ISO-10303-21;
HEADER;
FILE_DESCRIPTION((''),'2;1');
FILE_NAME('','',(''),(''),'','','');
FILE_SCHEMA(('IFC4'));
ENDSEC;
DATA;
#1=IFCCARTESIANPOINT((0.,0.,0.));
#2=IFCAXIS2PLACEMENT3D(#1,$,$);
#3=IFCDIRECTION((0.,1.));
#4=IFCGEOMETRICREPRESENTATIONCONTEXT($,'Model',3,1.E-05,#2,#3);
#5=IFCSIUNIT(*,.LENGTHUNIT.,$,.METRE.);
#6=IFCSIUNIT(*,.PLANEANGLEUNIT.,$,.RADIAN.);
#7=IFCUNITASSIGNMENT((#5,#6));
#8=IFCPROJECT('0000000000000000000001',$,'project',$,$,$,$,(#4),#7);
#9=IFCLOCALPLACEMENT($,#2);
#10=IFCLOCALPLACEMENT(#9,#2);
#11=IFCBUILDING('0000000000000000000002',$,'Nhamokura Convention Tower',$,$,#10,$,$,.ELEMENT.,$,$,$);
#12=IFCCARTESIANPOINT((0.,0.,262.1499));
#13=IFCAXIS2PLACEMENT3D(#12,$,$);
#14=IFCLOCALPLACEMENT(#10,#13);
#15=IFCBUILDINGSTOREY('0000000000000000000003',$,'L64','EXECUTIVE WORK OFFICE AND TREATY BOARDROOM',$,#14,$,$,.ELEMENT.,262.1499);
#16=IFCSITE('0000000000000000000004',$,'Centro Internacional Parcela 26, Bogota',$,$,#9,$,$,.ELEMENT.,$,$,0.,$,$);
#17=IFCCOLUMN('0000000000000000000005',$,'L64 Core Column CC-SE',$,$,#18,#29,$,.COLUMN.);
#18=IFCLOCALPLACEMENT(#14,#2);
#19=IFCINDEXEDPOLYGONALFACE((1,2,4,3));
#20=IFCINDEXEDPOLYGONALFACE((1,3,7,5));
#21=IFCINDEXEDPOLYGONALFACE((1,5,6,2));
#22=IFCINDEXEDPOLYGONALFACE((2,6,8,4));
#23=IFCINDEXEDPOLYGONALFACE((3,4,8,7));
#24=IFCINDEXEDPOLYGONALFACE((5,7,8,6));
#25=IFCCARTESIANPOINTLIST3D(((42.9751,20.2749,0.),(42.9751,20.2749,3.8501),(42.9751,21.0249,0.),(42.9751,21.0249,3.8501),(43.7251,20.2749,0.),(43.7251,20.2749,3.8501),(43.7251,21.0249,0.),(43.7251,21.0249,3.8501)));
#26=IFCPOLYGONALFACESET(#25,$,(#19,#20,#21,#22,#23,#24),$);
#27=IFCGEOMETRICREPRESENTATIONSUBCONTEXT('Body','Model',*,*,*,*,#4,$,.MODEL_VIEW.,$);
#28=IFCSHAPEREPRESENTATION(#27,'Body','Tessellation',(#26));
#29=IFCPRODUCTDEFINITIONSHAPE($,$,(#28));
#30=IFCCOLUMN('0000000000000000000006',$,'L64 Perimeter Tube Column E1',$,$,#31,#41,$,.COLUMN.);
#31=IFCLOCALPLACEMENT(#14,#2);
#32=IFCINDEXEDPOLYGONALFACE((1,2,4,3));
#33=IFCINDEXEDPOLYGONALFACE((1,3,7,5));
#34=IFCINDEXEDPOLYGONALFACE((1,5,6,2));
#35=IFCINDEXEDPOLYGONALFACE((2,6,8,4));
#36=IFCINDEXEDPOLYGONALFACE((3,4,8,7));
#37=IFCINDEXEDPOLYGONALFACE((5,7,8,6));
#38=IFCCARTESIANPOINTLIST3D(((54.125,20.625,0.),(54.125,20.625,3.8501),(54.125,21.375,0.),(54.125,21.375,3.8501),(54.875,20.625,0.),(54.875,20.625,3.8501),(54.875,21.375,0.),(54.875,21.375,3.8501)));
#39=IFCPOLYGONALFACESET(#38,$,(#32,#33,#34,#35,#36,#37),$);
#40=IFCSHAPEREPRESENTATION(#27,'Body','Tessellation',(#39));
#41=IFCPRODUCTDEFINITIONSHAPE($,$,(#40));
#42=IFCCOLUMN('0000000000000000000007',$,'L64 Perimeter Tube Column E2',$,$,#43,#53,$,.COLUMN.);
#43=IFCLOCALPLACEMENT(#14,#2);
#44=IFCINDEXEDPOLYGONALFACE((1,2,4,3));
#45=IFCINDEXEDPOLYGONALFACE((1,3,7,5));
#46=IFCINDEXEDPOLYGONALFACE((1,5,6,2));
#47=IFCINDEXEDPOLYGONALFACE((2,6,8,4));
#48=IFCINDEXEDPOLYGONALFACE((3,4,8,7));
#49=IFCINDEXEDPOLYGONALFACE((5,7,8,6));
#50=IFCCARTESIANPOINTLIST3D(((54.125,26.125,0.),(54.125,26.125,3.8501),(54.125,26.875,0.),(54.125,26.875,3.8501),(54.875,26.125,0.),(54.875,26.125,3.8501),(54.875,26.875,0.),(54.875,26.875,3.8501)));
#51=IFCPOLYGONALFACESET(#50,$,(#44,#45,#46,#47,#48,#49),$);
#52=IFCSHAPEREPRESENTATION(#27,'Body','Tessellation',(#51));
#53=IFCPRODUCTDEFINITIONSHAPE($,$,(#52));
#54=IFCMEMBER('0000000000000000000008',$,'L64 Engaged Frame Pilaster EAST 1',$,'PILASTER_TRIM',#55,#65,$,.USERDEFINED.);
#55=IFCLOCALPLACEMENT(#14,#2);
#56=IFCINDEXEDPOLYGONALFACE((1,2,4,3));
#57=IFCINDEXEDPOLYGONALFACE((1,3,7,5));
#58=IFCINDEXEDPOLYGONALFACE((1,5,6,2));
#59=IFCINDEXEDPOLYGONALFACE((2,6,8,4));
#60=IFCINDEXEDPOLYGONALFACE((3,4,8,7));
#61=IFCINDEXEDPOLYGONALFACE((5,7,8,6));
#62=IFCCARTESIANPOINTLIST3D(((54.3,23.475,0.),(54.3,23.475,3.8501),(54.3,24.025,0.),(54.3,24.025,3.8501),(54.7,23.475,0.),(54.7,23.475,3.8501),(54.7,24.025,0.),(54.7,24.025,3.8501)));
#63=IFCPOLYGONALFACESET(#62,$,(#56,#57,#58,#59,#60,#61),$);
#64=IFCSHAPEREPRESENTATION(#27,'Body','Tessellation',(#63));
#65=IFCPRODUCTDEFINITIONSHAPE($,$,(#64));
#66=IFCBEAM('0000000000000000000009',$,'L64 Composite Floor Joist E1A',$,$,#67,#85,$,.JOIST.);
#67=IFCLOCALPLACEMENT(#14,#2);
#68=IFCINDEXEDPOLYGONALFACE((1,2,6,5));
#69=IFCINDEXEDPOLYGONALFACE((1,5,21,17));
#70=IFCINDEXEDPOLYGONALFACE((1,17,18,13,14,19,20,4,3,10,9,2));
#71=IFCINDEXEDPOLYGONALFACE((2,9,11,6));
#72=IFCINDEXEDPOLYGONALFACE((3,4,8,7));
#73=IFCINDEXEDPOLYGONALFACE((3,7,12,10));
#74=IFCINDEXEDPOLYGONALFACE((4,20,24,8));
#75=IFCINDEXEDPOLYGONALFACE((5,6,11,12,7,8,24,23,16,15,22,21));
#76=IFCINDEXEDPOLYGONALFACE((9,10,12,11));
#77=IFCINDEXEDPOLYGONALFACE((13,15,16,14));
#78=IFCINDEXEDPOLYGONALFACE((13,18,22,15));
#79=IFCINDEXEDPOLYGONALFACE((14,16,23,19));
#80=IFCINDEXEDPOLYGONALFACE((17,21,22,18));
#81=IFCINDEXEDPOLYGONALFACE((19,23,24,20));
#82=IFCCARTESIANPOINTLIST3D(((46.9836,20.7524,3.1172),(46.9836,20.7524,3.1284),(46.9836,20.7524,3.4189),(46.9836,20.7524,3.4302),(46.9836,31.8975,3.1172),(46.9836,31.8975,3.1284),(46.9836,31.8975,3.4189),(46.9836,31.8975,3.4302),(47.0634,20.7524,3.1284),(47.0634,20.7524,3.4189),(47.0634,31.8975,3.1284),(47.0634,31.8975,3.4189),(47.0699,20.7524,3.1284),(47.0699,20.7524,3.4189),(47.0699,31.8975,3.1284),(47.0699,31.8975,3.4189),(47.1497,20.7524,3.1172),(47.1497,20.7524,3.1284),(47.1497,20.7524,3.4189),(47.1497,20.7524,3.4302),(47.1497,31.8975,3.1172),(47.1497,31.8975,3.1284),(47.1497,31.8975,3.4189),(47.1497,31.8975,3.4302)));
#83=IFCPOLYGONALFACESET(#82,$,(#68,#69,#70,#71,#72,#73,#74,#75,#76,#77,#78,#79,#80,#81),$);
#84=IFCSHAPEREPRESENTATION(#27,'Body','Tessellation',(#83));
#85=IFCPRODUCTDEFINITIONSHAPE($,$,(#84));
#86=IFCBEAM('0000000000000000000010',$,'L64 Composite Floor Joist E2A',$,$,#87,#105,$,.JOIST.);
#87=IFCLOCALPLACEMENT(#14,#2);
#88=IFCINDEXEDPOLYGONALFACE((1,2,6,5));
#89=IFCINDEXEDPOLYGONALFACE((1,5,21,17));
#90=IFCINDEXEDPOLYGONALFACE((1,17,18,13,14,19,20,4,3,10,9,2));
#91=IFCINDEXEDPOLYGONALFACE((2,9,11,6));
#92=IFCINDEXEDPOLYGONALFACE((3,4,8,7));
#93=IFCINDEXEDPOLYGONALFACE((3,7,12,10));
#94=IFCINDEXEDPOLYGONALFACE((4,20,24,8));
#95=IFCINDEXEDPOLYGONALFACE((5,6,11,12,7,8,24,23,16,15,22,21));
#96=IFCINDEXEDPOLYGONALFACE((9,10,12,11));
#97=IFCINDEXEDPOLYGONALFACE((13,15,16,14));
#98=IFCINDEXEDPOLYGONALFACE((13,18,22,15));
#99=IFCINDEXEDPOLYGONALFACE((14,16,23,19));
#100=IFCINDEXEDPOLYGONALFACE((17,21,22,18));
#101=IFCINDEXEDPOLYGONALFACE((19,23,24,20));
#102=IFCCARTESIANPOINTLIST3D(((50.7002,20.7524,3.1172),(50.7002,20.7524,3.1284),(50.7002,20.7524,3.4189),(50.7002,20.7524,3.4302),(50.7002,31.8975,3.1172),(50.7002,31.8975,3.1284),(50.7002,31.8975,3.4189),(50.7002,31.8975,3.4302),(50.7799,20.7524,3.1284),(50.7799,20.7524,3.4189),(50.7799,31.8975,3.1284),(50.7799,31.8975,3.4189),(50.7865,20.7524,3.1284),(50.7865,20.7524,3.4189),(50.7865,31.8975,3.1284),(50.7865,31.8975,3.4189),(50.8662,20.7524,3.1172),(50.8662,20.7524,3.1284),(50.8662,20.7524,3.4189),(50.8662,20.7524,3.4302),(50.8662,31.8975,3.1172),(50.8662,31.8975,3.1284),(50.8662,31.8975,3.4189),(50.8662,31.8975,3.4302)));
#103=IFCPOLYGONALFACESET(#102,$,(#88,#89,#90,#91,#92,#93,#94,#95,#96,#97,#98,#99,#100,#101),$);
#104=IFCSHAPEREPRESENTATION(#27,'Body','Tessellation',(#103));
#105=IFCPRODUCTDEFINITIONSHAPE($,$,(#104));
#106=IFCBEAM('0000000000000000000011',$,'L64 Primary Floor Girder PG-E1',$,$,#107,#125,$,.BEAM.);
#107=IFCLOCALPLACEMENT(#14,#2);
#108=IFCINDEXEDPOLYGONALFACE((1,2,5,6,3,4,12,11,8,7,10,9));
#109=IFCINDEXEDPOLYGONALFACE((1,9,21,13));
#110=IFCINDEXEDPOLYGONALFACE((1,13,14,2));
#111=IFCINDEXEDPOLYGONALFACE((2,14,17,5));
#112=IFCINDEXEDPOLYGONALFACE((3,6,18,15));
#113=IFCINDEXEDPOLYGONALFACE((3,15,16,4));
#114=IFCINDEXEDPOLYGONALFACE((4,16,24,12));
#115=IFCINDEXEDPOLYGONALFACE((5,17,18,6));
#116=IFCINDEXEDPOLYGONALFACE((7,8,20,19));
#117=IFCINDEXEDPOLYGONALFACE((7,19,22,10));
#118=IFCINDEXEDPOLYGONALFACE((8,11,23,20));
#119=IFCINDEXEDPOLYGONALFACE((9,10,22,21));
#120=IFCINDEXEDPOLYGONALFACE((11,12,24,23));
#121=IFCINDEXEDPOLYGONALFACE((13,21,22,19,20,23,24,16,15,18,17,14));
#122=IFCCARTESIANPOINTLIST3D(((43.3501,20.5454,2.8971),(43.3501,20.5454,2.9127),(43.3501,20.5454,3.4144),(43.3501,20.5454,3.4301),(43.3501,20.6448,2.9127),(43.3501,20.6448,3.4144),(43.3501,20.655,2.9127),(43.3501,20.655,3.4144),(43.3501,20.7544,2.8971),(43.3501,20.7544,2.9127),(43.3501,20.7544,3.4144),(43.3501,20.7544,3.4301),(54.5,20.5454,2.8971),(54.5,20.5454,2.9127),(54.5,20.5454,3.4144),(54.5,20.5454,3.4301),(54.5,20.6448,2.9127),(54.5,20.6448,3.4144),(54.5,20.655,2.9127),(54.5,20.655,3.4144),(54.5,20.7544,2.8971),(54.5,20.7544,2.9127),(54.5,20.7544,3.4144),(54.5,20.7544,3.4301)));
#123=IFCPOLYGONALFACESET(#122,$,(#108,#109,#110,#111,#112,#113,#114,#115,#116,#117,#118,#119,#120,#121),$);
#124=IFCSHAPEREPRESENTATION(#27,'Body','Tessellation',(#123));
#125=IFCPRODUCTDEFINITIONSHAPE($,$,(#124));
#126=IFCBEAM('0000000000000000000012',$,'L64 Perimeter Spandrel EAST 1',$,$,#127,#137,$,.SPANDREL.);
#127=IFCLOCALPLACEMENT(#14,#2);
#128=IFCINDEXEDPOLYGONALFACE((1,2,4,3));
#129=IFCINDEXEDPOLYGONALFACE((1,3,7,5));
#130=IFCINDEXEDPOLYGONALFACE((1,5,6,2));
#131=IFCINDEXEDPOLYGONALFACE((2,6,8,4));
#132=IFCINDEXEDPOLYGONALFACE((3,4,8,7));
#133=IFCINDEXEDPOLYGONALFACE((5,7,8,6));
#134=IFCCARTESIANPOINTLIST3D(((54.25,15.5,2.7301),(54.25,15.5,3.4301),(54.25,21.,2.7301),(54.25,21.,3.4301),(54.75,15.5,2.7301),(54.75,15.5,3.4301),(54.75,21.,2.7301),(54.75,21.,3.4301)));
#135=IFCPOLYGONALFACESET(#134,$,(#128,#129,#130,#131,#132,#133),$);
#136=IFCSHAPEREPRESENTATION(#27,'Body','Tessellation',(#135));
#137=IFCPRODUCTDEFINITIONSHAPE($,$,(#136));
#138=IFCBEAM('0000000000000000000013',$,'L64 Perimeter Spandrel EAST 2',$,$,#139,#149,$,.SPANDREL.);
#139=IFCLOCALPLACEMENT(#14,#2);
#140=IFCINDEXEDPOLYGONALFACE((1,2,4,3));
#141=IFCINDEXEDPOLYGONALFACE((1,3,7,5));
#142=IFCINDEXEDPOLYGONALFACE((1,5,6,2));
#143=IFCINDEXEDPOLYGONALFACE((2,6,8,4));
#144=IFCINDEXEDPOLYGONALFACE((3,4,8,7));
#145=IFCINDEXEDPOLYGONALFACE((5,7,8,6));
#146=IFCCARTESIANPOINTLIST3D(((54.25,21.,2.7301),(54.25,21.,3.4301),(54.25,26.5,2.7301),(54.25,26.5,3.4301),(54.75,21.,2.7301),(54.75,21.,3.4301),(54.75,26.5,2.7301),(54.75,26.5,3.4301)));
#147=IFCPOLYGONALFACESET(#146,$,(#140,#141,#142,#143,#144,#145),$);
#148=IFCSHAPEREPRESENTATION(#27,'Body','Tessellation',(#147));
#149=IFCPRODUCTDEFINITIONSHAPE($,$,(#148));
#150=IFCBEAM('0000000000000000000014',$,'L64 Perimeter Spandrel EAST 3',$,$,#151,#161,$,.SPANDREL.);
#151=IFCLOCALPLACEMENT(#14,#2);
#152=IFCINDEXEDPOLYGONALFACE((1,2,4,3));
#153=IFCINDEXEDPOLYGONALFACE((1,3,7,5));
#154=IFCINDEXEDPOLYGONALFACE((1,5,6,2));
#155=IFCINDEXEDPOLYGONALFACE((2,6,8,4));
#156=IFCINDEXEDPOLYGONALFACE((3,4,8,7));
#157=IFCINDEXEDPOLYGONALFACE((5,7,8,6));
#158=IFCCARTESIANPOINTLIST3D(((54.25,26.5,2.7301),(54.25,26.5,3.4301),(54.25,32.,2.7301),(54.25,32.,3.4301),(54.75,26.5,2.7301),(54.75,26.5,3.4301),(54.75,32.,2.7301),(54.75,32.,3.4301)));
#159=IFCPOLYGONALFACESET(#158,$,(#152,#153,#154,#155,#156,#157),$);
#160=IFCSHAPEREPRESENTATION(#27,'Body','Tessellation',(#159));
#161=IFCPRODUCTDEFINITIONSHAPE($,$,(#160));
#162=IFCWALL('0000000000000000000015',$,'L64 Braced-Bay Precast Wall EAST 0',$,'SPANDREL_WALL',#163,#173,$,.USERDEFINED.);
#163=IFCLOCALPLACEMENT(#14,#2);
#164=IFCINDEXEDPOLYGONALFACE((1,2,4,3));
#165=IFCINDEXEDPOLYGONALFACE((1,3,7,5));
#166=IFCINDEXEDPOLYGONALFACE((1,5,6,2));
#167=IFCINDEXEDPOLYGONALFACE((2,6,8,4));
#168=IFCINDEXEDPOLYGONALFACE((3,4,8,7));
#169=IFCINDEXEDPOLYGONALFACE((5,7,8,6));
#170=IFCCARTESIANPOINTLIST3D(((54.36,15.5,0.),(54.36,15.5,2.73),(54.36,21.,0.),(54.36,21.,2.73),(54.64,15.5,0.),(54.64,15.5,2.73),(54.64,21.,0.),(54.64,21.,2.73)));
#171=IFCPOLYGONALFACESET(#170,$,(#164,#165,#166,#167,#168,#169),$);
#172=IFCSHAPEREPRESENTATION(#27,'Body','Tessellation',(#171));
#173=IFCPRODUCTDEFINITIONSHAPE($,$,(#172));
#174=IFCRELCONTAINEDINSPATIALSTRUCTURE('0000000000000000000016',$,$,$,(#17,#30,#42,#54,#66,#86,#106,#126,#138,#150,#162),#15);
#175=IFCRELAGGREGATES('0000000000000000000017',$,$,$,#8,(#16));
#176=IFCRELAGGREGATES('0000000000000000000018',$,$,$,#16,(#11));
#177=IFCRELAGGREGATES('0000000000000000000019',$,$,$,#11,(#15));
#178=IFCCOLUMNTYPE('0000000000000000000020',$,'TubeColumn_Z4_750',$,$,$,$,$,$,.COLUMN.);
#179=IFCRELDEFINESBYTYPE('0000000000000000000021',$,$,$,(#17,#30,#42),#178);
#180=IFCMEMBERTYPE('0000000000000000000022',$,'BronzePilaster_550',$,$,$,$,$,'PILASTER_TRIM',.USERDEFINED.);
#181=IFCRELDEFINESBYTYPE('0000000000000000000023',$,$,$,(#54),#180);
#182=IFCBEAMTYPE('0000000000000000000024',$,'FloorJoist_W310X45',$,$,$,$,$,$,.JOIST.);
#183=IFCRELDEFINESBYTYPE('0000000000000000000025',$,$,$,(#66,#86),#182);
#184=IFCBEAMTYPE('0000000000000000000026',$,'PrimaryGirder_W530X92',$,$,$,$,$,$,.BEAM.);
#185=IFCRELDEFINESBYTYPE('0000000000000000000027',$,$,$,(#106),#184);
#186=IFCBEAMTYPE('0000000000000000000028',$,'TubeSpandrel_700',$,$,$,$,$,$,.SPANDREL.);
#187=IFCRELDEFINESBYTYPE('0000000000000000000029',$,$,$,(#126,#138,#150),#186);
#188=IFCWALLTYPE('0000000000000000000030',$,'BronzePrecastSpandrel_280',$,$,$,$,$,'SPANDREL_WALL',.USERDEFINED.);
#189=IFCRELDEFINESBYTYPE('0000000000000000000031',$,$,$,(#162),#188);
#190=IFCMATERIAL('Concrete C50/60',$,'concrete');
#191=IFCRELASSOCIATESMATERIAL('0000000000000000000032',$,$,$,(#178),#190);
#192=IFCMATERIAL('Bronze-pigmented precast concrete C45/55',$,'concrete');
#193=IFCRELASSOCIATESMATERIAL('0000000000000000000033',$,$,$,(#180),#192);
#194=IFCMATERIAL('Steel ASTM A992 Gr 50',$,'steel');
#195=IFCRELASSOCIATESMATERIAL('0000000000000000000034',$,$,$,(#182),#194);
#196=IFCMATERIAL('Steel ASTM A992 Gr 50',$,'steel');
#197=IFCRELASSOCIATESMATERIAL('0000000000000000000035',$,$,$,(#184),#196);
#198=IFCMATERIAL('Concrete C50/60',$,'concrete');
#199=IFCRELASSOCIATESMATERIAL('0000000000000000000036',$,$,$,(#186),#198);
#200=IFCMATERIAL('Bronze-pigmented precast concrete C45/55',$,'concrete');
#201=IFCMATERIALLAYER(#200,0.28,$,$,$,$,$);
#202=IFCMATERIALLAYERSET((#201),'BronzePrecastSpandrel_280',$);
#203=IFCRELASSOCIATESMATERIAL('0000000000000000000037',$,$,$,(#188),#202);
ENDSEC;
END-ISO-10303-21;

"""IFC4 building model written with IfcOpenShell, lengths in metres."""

from ifc_helpers import new_model, si_unit, direction, frame, frame_2d, origin, origin_2d, place, context, subcontext, project, spatial, rectangle, i_section, extrude, material, layer, layer_set, material_profile, profile_set, type_object, element, save


model = new_model("IFC4")

# Units and contexts
model_context = context("Model", 3, precision=1e-05, world=origin(), true_north=direction((0.0, 1.0)))
body_context = subcontext(model_context, "Body", "Model", "MODEL_VIEW")
ifc_project = project(units=[si_unit("LENGTHUNIT", "METRE"), si_unit("PLANEANGLEUNIT", "RADIAN")], contexts=[model_context])

# Site, building, storey
site_placement = place(None, origin())
site = spatial("IfcSite", under=ifc_project, at=site_placement, Name="Centro Internacional Parcela 26, Bogota", CompositionType="ELEMENT", RefElevation=0.0)
building_placement = place(site_placement, origin())
building = spatial("IfcBuilding", under=site, at=building_placement, Name="Nhamokura Convention Tower", CompositionType="ELEMENT")
storey_placement = place(building_placement, frame((0.0, 0.0, 262.1499)))
storey = spatial("IfcBuildingStorey", under=building, at=storey_placement, Name="L64", Description="EXECUTIVE WORK OFFICE AND TREATY BOARDROOM", CompositionType="ELEMENT", Elevation=262.1499)

# Columns
ifc_material_1 = material(Name="Concrete C50/60", Category="concrete")
ifc_material_profile_1 = material_profile(ifc_material_1, rectangle(XDim=0.75, YDim=0.75, at=origin_2d()))
ifc_profile_set_1 = profile_set([ifc_material_profile_1], Name="Concrete C50/60")
column_type = type_object("IfcColumnType", Name="TubeColumn_Z4_750", PredefinedType="COLUMN", material=ifc_profile_set_1)
for number, where, z_axis, x_axis, name in (
    (1, (43.3501, 20.6499, 0.0), (0.0, 0.0, 1.0), (1.0, 0.0, 0.0), "L64 Core Column CC-SE"),
    (2, (54.5, 21.0, 0.0), (0.0, 0.0, 1.0), (1.0, 0.0, 0.0), "L64 Perimeter Tube Column E1"),
    (3, (54.5, 26.5, 0.0), (0.0, 0.0, 1.0), (1.0, 0.0, 0.0), "L64 Perimeter Tube Column E2"),
):
    element("IfcColumn", number, at=place(storey_placement, frame(where, z_axis=z_axis, x_axis=x_axis)), inside=storey, type_object=column_type, Name=name, PredefinedType="COLUMN", context=body_context, shape_type="SweptSolid", body=[
        extrude(rectangle(XDim=0.75, YDim=0.75, at=origin_2d()), origin(), (0.0, 0.0, 1.0), 3.8501),
    ])

# Member
ifc_material_2 = material(Name="Bronze-pigmented precast concrete C45/55", Category="concrete")
ifc_material_profile_2 = material_profile(ifc_material_2, rectangle(XDim=0.3999, YDim=0.55, at=origin_2d()))
ifc_profile_set_2 = profile_set([ifc_material_profile_2], Name="Bronze-pigmented precast concrete C45/55")
member_type = type_object("IfcMemberType", Name="BronzePilaster_550", ElementType="PILASTER_TRIM", PredefinedType="USERDEFINED", material=ifc_profile_set_2)
member_placement = place(storey_placement, frame((54.5, 23.75, 0.0), z_axis=(0.0, 0.0, 1.0), x_axis=(1.0, 0.0, 0.0)))
element("IfcMember", 4, at=member_placement, inside=storey, type_object=member_type, Name="L64 Engaged Frame Pilaster EAST 1", ObjectType="PILASTER_TRIM", PredefinedType="USERDEFINED", context=body_context, shape_type="SweptSolid", body=[
    extrude(rectangle(XDim=0.3999, YDim=0.55, at=origin_2d()), origin(), (0.0, 0.0, 1.0), 3.8501),
])

# Beams
ifc_material_3 = material(Name="Steel ASTM A992 Gr 50", Category="steel")
ifc_material_profile_3 = material_profile(ifc_material_3, i_section(OverallWidth=0.166, OverallDepth=0.313, WebThickness=0.0066, FlangeThickness=0.0112, at=origin_2d()))
ifc_profile_set_3 = profile_set([ifc_material_profile_3], Name="Steel ASTM A992 Gr 50")
beam_type_1 = type_object("IfcBeamType", Name="FloorJoist_W310X45", PredefinedType="JOIST", material=ifc_profile_set_3)
for number, where, z_axis, x_axis, name in (
    (5, (47.0667, 20.7524, 3.2737), (0.0, 1.0, 0.0), (-1.0, 0.0, 0.0), "L64 Composite Floor Joist E1A"),
    (6, (50.7832, 20.7524, 3.2737), (0.0, 1.0, 0.0), (-1.0, 0.0, 0.0), "L64 Composite Floor Joist E2A"),
):
    element("IfcBeam", number, at=place(storey_placement, frame(where, z_axis=z_axis, x_axis=x_axis)), inside=storey, type_object=beam_type_1, Name=name, PredefinedType="JOIST", context=body_context, shape_type="SweptSolid", body=[
        extrude(i_section(OverallWidth=0.166, OverallDepth=0.313, WebThickness=0.0066, FlangeThickness=0.0112, at=origin_2d()), origin(), (0.0, 0.0, 1.0), 11.145),
    ])
ifc_material_4 = material(Name="Steel ASTM A992 Gr 50", Category="steel")
ifc_material_profile_4 = material_profile(ifc_material_4, i_section(OverallWidth=0.209, OverallDepth=0.533, WebThickness=0.0103, FlangeThickness=0.0156, at=origin_2d()))
ifc_profile_set_4 = profile_set([ifc_material_profile_4], Name="Steel ASTM A992 Gr 50")
beam_type_2 = type_object("IfcBeamType", Name="PrimaryGirder_W530X92", PredefinedType="BEAM", material=ifc_profile_set_4)
beam_placement = place(storey_placement, frame((43.3501, 20.6499, 3.1636), z_axis=(1.0, 0.0, 0.0), x_axis=(0.0, 1.0, 0.0)))
element("IfcBeam", 7, at=beam_placement, inside=storey, type_object=beam_type_2, Name="L64 Primary Floor Girder PG-E1", PredefinedType="BEAM", context=body_context, shape_type="SweptSolid", body=[
    extrude(i_section(OverallWidth=0.209, OverallDepth=0.533, WebThickness=0.0103, FlangeThickness=0.0156, at=origin_2d()), origin(), (0.0, 0.0, 1.0), 11.1499),
])
ifc_material_5 = material(Name="Concrete C50/60", Category="concrete")
ifc_material_profile_5 = material_profile(ifc_material_5, rectangle(XDim=0.5, YDim=0.7, at=origin_2d()))
ifc_profile_set_5 = profile_set([ifc_material_profile_5], Name="Concrete C50/60")
beam_type_3 = type_object("IfcBeamType", Name="TubeSpandrel_700", PredefinedType="SPANDREL", material=ifc_profile_set_5)
for number, where, z_axis, x_axis, name in (
    (8, (54.5, 15.5, 3.0801), (0.0, 1.0, 0.0), (-1.0, 0.0, 0.0), "L64 Perimeter Spandrel EAST 1"),
    (9, (54.5, 21.0, 3.0801), (0.0, 1.0, 0.0), (-1.0, 0.0, 0.0), "L64 Perimeter Spandrel EAST 2"),
    (10, (54.5, 26.5, 3.0801), (0.0, 1.0, 0.0), (-1.0, 0.0, 0.0), "L64 Perimeter Spandrel EAST 3"),
):
    element("IfcBeam", number, at=place(storey_placement, frame(where, z_axis=z_axis, x_axis=x_axis)), inside=storey, type_object=beam_type_3, Name=name, PredefinedType="SPANDREL", context=body_context, shape_type="SweptSolid", body=[
        extrude(rectangle(XDim=0.5, YDim=0.7, at=origin_2d()), origin(), (0.0, 0.0, 1.0), 5.5),
    ])

# Wall
ifc_material_6 = material(Name="Bronze-pigmented precast concrete C45/55", Category="concrete")
ifc_layer_1 = layer(ifc_material_6, 0.28)
ifc_layer_set_1 = layer_set([ifc_layer_1], Name="BronzePrecastSpandrel_280")
wall_type_1 = type_object("IfcWallType", Name="BronzePrecastSpandrel_280", ElementType="SPANDREL_WALL", PredefinedType="USERDEFINED", material=ifc_layer_set_1)
wall_1_placement = place(storey_placement, frame((54.5, 21.0, 0.0), z_axis=(0.0, 0.0, 1.0), x_axis=(0.0, -1.0, 0.0)))
element("IfcWall", 11, at=wall_1_placement, inside=storey, type_object=wall_type_1, Name="L64 Braced-Bay Precast Wall EAST 0", ObjectType="SPANDREL_WALL", PredefinedType="USERDEFINED", context=body_context, shape_type="SweptSolid", body=[
    extrude(rectangle(XDim=5.5, YDim=0.28, at=frame_2d((2.75, 0.0))), origin(), (0.0, 0.0, 1.0), 2.73),
])

save(model, "model.ifc")
